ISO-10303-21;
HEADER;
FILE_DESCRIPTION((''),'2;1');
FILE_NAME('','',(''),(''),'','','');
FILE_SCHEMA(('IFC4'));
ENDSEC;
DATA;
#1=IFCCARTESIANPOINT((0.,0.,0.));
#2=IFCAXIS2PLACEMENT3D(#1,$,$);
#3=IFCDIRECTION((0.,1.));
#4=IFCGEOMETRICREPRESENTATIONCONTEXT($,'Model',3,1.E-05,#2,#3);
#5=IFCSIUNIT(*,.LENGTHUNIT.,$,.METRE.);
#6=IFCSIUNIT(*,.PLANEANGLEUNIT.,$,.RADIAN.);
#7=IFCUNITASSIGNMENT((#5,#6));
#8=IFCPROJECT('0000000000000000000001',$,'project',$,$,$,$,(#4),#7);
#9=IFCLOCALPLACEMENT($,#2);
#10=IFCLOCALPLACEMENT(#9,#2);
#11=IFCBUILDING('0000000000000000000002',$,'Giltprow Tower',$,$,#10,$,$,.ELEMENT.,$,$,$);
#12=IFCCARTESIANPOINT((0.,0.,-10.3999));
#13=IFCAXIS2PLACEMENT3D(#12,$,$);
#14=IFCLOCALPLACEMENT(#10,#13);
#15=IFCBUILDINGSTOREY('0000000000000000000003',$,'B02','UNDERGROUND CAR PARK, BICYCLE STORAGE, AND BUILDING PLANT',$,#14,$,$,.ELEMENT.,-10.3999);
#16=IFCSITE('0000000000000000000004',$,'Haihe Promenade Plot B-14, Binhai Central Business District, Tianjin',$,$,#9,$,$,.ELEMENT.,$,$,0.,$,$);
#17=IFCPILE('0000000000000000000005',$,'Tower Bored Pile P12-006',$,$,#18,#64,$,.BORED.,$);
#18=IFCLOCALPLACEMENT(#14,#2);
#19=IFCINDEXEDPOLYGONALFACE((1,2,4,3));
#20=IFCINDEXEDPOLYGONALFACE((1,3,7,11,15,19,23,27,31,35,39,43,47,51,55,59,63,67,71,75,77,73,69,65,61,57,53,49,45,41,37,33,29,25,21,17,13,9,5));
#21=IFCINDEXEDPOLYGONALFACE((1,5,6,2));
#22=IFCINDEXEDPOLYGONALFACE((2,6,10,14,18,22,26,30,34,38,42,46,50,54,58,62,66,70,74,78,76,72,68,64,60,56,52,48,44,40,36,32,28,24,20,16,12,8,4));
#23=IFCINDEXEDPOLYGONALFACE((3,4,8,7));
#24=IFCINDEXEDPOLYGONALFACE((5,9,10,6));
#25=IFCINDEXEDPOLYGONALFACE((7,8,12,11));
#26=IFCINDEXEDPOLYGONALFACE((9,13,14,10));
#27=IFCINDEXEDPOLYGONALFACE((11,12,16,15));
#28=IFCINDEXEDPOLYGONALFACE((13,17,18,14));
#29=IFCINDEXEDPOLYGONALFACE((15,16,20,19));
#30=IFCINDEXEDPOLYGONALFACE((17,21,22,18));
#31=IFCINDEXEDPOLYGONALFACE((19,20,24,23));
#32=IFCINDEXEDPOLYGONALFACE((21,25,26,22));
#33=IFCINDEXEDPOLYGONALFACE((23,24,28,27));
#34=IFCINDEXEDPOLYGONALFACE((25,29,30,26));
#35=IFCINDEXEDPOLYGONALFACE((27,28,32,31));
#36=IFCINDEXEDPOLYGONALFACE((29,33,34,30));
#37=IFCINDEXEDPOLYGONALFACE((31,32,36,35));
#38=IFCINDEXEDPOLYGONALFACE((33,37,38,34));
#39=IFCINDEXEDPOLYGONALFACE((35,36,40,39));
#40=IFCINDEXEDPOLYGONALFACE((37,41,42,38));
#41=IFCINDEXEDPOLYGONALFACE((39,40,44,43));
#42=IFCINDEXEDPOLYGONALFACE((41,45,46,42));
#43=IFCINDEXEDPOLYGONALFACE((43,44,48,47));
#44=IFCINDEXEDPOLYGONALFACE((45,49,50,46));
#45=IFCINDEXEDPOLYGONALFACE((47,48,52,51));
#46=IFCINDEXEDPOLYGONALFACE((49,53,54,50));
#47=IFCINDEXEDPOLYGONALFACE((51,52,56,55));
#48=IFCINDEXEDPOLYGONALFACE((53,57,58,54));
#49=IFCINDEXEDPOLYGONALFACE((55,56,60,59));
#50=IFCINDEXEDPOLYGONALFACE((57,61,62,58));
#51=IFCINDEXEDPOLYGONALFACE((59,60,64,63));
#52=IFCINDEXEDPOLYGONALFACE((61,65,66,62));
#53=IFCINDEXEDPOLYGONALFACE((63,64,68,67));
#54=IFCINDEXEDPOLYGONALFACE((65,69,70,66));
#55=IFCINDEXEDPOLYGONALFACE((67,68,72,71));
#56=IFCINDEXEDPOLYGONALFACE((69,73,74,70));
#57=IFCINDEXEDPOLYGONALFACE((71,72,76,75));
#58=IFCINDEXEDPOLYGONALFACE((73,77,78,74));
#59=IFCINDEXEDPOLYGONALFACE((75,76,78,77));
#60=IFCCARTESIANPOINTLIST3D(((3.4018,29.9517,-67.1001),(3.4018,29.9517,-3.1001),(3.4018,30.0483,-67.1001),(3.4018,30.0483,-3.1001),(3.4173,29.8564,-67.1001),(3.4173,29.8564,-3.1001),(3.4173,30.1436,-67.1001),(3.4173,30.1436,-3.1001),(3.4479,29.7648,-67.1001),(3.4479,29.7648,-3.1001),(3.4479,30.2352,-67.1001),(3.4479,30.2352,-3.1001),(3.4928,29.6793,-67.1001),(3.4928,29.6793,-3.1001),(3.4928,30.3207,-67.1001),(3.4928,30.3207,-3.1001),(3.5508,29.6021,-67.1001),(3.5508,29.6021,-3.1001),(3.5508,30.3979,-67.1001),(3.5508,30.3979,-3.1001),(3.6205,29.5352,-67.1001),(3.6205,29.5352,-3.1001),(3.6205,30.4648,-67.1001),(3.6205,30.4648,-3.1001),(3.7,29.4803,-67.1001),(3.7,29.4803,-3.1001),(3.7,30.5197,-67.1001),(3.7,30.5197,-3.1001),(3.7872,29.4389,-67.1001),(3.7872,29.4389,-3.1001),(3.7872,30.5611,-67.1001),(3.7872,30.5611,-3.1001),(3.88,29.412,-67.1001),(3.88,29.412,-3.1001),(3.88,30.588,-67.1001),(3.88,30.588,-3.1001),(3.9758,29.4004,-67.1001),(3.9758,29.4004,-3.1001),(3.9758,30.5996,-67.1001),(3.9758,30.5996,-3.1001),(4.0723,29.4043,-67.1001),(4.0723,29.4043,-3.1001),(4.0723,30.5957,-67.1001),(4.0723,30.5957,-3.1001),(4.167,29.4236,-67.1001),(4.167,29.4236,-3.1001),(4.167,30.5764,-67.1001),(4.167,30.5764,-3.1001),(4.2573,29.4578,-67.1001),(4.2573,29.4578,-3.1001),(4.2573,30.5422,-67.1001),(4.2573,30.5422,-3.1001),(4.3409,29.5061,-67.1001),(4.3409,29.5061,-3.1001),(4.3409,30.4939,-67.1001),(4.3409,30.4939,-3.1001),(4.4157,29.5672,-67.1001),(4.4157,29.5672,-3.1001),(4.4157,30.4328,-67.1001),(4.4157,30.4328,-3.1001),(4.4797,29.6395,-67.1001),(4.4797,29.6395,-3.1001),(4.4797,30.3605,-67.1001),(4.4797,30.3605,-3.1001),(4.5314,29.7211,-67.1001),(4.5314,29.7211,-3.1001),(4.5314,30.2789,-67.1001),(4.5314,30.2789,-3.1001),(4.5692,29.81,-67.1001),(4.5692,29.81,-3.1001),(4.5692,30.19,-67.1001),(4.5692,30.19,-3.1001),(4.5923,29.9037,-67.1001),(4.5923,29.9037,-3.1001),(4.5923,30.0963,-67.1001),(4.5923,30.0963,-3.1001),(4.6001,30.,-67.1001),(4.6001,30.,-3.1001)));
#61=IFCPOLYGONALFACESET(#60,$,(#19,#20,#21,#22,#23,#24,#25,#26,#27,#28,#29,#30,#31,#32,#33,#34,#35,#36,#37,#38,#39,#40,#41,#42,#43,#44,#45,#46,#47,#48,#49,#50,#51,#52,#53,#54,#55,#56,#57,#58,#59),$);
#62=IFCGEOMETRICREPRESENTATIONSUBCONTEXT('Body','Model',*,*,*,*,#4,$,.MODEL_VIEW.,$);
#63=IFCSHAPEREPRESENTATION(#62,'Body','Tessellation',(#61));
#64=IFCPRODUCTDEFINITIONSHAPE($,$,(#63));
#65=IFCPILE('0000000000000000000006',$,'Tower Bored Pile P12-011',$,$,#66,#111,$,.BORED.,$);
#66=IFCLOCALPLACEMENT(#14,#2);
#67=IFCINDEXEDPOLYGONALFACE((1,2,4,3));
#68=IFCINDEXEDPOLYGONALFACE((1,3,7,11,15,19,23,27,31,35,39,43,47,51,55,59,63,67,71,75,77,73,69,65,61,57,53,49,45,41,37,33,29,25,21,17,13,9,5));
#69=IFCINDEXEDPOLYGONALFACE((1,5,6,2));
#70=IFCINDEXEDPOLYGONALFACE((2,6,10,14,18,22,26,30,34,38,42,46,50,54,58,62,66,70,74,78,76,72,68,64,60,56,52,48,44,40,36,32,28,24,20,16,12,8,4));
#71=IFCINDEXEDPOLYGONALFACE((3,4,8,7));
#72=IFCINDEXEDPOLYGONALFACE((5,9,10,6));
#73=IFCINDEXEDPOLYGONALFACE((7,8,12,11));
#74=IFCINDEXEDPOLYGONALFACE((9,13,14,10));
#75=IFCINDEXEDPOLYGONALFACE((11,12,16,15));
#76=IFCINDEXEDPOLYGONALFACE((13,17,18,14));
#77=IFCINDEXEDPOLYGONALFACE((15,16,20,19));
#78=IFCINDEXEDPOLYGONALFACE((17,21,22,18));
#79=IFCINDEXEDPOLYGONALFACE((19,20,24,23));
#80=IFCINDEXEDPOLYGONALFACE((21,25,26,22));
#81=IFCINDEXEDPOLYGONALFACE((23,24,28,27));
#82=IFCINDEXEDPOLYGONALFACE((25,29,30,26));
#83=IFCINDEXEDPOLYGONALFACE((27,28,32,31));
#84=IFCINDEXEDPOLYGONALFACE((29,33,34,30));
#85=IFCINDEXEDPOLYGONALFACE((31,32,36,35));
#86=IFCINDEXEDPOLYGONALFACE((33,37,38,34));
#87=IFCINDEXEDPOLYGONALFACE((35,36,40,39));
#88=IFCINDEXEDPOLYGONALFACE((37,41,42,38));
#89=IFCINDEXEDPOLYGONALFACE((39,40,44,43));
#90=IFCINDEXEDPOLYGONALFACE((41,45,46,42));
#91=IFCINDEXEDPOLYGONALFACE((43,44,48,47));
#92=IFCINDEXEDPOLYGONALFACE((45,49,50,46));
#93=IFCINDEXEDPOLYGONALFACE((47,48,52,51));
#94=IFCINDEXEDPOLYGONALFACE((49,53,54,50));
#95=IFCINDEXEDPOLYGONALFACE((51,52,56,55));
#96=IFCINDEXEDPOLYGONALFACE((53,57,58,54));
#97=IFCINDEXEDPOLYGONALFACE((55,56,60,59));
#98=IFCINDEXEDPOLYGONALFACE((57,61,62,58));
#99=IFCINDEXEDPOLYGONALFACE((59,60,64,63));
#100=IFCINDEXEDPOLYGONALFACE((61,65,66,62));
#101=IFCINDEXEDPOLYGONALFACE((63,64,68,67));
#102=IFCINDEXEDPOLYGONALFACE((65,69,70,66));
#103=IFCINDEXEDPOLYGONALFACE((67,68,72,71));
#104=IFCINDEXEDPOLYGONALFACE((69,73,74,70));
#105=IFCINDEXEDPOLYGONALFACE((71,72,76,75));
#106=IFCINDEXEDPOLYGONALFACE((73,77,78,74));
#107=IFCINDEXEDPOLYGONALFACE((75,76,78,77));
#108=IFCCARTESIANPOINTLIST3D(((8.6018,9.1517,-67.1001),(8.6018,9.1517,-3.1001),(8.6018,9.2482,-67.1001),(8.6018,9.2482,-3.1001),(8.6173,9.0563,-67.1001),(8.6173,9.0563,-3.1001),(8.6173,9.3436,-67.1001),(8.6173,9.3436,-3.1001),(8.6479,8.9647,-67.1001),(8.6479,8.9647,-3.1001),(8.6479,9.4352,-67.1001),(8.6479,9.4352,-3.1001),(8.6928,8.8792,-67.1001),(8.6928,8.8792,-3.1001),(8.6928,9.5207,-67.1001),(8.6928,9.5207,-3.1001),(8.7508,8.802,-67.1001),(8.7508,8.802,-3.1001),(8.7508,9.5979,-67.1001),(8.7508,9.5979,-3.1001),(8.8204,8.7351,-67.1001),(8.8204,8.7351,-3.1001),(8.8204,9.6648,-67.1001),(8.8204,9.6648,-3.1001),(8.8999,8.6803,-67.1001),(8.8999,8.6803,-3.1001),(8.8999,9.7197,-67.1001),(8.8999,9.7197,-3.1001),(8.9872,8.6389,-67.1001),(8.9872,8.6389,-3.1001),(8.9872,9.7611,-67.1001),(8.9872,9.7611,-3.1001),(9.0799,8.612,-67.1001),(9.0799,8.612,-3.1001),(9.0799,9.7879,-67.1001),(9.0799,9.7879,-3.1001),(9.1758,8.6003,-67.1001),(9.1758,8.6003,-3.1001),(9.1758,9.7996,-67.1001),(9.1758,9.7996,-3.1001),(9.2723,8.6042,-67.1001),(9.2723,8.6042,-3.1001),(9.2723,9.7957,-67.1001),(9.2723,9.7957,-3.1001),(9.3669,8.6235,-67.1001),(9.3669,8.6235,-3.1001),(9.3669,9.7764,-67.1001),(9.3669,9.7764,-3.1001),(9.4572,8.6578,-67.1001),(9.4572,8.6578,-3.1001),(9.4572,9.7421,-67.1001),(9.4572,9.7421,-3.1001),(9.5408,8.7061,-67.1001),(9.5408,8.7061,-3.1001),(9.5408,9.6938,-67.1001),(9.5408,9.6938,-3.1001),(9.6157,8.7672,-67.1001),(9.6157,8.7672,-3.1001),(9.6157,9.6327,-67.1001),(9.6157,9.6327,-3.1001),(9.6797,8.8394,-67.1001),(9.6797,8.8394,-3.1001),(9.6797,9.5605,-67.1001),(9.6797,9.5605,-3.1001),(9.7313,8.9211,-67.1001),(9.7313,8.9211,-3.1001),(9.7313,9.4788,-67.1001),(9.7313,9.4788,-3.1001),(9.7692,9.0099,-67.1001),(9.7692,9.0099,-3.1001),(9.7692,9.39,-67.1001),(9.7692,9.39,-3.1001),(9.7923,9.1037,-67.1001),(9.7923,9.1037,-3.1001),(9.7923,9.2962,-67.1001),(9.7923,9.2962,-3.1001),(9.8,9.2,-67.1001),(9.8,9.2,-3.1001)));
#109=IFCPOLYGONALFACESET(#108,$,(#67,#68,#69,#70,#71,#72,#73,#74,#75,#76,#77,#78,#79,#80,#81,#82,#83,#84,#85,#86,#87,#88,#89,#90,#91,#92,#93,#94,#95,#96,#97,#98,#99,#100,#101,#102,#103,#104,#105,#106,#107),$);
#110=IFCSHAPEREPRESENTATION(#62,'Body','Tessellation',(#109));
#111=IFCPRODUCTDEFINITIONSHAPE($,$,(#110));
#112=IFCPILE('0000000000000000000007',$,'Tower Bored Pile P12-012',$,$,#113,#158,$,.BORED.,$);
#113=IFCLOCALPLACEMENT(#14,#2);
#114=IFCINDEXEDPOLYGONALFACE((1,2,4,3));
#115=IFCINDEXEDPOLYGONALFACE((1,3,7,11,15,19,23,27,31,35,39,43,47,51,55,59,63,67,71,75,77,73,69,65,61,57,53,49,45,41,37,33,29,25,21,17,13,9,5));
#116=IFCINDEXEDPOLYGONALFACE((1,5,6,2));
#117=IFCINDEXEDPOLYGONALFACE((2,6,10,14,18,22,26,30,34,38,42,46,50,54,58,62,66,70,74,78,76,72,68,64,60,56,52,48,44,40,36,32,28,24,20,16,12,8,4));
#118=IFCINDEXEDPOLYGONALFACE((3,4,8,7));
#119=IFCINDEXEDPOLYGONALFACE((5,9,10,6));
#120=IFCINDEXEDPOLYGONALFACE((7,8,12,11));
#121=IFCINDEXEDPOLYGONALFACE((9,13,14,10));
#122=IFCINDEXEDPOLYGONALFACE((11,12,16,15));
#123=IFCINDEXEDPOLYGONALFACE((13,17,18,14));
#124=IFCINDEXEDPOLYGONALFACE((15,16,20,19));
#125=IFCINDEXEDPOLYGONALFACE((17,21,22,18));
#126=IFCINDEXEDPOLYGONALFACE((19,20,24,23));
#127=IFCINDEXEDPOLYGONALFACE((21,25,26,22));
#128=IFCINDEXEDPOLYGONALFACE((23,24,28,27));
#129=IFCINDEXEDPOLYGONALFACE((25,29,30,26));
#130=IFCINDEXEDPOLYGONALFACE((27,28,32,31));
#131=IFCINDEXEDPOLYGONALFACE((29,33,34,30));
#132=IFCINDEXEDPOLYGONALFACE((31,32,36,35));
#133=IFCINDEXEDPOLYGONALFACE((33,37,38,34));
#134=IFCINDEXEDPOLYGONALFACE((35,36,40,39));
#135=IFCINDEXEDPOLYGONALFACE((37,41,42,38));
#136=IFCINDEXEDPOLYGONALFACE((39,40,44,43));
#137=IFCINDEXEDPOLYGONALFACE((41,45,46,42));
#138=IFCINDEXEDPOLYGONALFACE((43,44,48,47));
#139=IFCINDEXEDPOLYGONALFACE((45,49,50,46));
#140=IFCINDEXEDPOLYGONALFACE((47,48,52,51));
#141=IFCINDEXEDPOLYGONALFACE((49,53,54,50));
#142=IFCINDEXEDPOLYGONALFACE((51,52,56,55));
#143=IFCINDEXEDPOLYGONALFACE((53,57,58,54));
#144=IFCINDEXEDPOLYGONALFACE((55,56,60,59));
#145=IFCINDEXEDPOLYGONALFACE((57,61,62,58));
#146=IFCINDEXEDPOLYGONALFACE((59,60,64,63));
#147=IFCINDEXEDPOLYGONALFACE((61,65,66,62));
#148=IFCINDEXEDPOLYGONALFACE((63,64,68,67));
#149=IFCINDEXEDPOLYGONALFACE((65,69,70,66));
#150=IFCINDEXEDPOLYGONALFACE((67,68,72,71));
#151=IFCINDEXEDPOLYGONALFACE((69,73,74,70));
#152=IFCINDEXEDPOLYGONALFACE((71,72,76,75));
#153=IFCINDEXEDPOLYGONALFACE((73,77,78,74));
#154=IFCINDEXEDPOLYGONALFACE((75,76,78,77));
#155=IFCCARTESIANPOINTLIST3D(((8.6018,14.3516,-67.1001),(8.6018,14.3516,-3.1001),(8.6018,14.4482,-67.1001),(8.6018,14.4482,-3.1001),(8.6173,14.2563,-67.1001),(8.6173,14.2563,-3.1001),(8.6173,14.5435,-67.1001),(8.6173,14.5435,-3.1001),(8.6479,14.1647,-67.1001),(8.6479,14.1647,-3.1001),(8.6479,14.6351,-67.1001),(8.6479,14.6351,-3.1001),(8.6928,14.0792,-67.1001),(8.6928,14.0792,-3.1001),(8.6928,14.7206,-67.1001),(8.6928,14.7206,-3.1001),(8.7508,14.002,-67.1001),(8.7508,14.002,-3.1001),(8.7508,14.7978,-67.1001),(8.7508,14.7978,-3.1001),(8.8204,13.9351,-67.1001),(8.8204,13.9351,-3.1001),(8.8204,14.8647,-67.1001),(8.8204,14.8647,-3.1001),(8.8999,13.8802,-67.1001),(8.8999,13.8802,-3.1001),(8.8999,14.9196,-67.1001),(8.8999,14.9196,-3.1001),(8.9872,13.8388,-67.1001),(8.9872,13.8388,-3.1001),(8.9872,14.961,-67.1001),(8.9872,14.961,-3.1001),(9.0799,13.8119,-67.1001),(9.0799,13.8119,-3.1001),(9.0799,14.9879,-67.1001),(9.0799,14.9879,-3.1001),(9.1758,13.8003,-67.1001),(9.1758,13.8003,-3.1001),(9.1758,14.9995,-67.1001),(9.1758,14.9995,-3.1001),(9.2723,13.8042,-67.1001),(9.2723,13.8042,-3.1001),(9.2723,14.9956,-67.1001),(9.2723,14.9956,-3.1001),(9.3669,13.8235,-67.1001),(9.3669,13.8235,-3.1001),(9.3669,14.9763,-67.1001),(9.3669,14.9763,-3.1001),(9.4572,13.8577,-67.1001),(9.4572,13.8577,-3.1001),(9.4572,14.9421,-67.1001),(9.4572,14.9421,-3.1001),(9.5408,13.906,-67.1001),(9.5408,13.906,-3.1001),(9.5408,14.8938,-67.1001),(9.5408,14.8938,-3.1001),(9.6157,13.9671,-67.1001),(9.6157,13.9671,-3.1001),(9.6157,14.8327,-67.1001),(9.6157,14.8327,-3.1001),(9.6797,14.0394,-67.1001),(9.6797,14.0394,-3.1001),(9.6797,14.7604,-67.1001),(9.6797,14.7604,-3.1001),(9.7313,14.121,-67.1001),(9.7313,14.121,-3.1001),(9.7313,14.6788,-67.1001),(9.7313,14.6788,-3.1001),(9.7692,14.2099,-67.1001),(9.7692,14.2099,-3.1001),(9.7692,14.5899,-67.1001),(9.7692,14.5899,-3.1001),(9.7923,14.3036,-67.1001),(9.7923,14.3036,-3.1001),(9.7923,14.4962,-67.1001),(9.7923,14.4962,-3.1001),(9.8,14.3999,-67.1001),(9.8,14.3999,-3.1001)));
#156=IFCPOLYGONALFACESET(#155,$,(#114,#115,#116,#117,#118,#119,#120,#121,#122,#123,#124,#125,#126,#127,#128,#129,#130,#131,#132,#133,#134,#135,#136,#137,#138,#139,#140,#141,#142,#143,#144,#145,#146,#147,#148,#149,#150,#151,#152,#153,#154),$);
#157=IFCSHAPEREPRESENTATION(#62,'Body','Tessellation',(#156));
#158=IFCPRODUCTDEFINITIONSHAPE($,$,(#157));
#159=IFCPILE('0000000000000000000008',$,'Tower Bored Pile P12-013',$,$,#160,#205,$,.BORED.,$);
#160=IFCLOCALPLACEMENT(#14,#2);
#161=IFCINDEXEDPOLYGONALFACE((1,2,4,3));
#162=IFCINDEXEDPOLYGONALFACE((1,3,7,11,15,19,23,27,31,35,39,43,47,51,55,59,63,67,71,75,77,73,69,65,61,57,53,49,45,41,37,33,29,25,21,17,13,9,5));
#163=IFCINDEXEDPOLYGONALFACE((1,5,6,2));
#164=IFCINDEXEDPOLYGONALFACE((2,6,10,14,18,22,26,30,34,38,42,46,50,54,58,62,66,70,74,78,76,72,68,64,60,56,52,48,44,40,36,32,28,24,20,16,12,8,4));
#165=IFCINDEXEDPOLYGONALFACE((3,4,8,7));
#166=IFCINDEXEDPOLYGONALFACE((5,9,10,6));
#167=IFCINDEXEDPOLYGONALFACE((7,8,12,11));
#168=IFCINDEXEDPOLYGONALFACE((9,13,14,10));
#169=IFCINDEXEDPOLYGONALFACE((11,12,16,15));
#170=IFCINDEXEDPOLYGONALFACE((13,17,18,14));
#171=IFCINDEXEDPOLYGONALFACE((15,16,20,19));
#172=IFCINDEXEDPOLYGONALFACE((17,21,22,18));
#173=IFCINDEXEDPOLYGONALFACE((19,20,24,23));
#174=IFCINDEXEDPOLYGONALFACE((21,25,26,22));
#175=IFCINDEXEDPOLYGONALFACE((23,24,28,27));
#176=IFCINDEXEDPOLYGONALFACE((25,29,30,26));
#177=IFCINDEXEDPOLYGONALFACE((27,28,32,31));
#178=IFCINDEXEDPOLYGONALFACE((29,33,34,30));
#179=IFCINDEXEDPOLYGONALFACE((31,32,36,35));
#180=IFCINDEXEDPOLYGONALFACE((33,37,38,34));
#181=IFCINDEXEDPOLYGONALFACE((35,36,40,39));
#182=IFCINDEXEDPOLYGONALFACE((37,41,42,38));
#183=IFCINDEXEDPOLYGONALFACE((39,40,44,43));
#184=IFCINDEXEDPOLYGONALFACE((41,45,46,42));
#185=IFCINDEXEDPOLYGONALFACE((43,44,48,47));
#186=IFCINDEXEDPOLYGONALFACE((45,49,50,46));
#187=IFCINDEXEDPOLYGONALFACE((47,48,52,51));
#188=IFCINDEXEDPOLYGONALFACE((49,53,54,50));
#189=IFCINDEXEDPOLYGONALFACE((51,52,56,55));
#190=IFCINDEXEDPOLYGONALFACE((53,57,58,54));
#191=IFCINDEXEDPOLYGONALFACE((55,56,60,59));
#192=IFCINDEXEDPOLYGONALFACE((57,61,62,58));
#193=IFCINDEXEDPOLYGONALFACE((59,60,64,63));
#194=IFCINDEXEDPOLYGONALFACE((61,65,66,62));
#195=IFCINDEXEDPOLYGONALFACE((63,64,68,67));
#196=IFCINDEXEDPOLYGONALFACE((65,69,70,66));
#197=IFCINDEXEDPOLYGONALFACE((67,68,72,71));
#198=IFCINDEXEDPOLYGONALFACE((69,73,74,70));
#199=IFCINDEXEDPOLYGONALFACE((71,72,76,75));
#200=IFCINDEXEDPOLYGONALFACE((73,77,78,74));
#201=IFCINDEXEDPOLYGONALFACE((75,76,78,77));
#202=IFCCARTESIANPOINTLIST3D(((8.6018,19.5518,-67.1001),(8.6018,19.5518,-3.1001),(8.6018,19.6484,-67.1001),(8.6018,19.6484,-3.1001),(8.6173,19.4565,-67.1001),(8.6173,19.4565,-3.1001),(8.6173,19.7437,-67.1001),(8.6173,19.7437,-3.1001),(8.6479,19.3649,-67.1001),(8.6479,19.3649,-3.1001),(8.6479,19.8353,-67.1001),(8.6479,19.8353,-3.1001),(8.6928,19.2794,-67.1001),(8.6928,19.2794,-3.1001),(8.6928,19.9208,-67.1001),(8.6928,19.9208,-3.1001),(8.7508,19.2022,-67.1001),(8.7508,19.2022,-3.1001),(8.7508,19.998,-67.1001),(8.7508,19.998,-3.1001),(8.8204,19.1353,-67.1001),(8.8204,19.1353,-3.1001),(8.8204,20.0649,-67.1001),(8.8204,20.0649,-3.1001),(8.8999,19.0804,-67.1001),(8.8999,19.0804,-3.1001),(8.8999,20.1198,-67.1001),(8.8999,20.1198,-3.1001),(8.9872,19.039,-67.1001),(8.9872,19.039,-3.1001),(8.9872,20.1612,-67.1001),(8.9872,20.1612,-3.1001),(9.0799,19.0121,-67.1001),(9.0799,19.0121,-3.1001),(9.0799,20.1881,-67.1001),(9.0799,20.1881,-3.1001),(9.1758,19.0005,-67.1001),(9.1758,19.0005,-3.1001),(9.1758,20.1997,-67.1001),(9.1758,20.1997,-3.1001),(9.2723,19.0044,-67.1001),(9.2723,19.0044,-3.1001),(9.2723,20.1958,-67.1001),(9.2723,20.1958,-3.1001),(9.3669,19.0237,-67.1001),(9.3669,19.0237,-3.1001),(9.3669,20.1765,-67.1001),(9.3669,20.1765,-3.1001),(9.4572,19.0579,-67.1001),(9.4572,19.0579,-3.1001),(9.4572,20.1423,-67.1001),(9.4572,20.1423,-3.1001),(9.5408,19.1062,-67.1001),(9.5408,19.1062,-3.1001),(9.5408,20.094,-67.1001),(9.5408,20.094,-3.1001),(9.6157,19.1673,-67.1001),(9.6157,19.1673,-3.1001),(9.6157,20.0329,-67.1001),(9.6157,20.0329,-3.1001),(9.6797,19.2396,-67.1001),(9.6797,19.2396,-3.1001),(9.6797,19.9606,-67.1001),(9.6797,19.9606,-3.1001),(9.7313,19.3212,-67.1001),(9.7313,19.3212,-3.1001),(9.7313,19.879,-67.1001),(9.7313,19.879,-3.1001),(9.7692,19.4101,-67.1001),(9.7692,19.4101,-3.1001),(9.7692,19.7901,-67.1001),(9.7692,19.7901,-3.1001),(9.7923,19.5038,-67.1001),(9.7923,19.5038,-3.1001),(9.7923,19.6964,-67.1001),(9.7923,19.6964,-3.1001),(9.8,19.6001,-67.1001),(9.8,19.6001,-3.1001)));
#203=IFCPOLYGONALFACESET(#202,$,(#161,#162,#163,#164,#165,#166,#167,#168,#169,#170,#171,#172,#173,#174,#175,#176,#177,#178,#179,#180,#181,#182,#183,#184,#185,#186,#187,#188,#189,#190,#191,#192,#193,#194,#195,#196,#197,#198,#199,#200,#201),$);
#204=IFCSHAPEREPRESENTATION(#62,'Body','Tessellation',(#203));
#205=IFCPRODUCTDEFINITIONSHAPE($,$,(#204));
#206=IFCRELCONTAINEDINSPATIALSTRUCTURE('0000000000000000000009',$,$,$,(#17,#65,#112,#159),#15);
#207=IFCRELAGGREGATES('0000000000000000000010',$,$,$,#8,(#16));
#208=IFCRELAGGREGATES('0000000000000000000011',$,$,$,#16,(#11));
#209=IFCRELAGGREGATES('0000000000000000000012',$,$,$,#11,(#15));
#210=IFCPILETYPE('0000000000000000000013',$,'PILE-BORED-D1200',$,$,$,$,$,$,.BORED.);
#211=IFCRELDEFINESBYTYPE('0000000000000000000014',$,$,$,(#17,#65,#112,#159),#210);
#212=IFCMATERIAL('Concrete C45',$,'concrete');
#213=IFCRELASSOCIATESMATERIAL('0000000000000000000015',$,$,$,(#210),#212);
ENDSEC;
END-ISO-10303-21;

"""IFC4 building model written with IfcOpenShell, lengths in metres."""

from ifc_helpers import new_model, si_unit, direction, frame, origin, origin_2d, place, context, subcontext, project, spatial, circle, extrude, source, transform, mapped, material, material_profile, profile_set, type_object, element, save


model = new_model("IFC4")

# Units and contexts
model_context = context("Model", 3, precision=1e-05, world=origin(), true_north=direction((0.0, 1.0)))
body_context = subcontext(model_context, "Body", "Model", "MODEL_VIEW")
ifc_project = project(units=[si_unit("LENGTHUNIT", "METRE"), si_unit("PLANEANGLEUNIT", "RADIAN")], contexts=[model_context])

# Site, building, storey
site_placement = place(None, origin())
site = spatial("IfcSite", under=ifc_project, at=site_placement, Name="Haihe Promenade Plot B-14, Binhai Central Business District, Tianjin", CompositionType="ELEMENT", RefElevation=0.0)
building_placement = place(site_placement, origin())
building = spatial("IfcBuilding", under=site, at=building_placement, Name="Giltprow Tower", CompositionType="ELEMENT")
storey_placement = place(building_placement, frame((0.0, 0.0, -10.3999)))
storey = spatial("IfcBuildingStorey", under=building, at=storey_placement, Name="B02", Description="UNDERGROUND CAR PARK, BICYCLE STORAGE, AND BUILDING PLANT", CompositionType="ELEMENT", Elevation=-10.3999)

# Piles
ifc_material_1 = material(Name="Concrete C45", Category="concrete")
ifc_material_profile_1 = material_profile(ifc_material_1, circle(Radius=0.6001, at=origin_2d()), Name="PILE D1200")
ifc_profile_set_1 = profile_set([ifc_material_profile_1], Name="Concrete C45")
pile_type_1 = type_object("IfcPileType", Name="PILE-BORED-D1200", PredefinedType="BORED", material=ifc_profile_set_1)
shared_shape_1 = source(origin(), body_context, "Body", "SweptSolid", [
    extrude(circle(Radius=0.6001, at=origin_2d()), origin(), (0.0, 0.0, 1.0), 64.0),
])
for number, where, z_axis, x_axis, name in (
    (1, (4.0, 30.0, -3.1001), (0.0, 0.0, -1.0), (1.0, 0.0, 0.0), "Tower Bored Pile P12-006"),
    (2, (9.2, 9.2, -3.1001), (0.0, 0.0, -1.0), (1.0, 0.0, 0.0), "Tower Bored Pile P12-011"),
    (3, (9.2, 14.3999, -3.1001), (0.0, 0.0, -1.0), (1.0, 0.0, 0.0), "Tower Bored Pile P12-012"),
    (4, (9.2, 19.6001, -3.1001), (0.0, 0.0, -1.0), (1.0, 0.0, 0.0), "Tower Bored Pile P12-013"),
):
    element("IfcPile", number, at=place(storey_placement, frame(where, z_axis=z_axis, x_axis=x_axis)), inside=storey, type_object=pile_type_1, Name=name, PredefinedType="BORED", context=body_context, shape_type="MappedRepresentation", body=[
        mapped(shared_shape_1, transform((0.0, 0.0, 0.0), x_axis=(1.0, 0.0, 0.0), y_axis=(0.0, 1.0, 0.0), z_axis=(0.0, 0.0, 1.0), scale=1.0)),
    ])

save(model, "model.ifc")
